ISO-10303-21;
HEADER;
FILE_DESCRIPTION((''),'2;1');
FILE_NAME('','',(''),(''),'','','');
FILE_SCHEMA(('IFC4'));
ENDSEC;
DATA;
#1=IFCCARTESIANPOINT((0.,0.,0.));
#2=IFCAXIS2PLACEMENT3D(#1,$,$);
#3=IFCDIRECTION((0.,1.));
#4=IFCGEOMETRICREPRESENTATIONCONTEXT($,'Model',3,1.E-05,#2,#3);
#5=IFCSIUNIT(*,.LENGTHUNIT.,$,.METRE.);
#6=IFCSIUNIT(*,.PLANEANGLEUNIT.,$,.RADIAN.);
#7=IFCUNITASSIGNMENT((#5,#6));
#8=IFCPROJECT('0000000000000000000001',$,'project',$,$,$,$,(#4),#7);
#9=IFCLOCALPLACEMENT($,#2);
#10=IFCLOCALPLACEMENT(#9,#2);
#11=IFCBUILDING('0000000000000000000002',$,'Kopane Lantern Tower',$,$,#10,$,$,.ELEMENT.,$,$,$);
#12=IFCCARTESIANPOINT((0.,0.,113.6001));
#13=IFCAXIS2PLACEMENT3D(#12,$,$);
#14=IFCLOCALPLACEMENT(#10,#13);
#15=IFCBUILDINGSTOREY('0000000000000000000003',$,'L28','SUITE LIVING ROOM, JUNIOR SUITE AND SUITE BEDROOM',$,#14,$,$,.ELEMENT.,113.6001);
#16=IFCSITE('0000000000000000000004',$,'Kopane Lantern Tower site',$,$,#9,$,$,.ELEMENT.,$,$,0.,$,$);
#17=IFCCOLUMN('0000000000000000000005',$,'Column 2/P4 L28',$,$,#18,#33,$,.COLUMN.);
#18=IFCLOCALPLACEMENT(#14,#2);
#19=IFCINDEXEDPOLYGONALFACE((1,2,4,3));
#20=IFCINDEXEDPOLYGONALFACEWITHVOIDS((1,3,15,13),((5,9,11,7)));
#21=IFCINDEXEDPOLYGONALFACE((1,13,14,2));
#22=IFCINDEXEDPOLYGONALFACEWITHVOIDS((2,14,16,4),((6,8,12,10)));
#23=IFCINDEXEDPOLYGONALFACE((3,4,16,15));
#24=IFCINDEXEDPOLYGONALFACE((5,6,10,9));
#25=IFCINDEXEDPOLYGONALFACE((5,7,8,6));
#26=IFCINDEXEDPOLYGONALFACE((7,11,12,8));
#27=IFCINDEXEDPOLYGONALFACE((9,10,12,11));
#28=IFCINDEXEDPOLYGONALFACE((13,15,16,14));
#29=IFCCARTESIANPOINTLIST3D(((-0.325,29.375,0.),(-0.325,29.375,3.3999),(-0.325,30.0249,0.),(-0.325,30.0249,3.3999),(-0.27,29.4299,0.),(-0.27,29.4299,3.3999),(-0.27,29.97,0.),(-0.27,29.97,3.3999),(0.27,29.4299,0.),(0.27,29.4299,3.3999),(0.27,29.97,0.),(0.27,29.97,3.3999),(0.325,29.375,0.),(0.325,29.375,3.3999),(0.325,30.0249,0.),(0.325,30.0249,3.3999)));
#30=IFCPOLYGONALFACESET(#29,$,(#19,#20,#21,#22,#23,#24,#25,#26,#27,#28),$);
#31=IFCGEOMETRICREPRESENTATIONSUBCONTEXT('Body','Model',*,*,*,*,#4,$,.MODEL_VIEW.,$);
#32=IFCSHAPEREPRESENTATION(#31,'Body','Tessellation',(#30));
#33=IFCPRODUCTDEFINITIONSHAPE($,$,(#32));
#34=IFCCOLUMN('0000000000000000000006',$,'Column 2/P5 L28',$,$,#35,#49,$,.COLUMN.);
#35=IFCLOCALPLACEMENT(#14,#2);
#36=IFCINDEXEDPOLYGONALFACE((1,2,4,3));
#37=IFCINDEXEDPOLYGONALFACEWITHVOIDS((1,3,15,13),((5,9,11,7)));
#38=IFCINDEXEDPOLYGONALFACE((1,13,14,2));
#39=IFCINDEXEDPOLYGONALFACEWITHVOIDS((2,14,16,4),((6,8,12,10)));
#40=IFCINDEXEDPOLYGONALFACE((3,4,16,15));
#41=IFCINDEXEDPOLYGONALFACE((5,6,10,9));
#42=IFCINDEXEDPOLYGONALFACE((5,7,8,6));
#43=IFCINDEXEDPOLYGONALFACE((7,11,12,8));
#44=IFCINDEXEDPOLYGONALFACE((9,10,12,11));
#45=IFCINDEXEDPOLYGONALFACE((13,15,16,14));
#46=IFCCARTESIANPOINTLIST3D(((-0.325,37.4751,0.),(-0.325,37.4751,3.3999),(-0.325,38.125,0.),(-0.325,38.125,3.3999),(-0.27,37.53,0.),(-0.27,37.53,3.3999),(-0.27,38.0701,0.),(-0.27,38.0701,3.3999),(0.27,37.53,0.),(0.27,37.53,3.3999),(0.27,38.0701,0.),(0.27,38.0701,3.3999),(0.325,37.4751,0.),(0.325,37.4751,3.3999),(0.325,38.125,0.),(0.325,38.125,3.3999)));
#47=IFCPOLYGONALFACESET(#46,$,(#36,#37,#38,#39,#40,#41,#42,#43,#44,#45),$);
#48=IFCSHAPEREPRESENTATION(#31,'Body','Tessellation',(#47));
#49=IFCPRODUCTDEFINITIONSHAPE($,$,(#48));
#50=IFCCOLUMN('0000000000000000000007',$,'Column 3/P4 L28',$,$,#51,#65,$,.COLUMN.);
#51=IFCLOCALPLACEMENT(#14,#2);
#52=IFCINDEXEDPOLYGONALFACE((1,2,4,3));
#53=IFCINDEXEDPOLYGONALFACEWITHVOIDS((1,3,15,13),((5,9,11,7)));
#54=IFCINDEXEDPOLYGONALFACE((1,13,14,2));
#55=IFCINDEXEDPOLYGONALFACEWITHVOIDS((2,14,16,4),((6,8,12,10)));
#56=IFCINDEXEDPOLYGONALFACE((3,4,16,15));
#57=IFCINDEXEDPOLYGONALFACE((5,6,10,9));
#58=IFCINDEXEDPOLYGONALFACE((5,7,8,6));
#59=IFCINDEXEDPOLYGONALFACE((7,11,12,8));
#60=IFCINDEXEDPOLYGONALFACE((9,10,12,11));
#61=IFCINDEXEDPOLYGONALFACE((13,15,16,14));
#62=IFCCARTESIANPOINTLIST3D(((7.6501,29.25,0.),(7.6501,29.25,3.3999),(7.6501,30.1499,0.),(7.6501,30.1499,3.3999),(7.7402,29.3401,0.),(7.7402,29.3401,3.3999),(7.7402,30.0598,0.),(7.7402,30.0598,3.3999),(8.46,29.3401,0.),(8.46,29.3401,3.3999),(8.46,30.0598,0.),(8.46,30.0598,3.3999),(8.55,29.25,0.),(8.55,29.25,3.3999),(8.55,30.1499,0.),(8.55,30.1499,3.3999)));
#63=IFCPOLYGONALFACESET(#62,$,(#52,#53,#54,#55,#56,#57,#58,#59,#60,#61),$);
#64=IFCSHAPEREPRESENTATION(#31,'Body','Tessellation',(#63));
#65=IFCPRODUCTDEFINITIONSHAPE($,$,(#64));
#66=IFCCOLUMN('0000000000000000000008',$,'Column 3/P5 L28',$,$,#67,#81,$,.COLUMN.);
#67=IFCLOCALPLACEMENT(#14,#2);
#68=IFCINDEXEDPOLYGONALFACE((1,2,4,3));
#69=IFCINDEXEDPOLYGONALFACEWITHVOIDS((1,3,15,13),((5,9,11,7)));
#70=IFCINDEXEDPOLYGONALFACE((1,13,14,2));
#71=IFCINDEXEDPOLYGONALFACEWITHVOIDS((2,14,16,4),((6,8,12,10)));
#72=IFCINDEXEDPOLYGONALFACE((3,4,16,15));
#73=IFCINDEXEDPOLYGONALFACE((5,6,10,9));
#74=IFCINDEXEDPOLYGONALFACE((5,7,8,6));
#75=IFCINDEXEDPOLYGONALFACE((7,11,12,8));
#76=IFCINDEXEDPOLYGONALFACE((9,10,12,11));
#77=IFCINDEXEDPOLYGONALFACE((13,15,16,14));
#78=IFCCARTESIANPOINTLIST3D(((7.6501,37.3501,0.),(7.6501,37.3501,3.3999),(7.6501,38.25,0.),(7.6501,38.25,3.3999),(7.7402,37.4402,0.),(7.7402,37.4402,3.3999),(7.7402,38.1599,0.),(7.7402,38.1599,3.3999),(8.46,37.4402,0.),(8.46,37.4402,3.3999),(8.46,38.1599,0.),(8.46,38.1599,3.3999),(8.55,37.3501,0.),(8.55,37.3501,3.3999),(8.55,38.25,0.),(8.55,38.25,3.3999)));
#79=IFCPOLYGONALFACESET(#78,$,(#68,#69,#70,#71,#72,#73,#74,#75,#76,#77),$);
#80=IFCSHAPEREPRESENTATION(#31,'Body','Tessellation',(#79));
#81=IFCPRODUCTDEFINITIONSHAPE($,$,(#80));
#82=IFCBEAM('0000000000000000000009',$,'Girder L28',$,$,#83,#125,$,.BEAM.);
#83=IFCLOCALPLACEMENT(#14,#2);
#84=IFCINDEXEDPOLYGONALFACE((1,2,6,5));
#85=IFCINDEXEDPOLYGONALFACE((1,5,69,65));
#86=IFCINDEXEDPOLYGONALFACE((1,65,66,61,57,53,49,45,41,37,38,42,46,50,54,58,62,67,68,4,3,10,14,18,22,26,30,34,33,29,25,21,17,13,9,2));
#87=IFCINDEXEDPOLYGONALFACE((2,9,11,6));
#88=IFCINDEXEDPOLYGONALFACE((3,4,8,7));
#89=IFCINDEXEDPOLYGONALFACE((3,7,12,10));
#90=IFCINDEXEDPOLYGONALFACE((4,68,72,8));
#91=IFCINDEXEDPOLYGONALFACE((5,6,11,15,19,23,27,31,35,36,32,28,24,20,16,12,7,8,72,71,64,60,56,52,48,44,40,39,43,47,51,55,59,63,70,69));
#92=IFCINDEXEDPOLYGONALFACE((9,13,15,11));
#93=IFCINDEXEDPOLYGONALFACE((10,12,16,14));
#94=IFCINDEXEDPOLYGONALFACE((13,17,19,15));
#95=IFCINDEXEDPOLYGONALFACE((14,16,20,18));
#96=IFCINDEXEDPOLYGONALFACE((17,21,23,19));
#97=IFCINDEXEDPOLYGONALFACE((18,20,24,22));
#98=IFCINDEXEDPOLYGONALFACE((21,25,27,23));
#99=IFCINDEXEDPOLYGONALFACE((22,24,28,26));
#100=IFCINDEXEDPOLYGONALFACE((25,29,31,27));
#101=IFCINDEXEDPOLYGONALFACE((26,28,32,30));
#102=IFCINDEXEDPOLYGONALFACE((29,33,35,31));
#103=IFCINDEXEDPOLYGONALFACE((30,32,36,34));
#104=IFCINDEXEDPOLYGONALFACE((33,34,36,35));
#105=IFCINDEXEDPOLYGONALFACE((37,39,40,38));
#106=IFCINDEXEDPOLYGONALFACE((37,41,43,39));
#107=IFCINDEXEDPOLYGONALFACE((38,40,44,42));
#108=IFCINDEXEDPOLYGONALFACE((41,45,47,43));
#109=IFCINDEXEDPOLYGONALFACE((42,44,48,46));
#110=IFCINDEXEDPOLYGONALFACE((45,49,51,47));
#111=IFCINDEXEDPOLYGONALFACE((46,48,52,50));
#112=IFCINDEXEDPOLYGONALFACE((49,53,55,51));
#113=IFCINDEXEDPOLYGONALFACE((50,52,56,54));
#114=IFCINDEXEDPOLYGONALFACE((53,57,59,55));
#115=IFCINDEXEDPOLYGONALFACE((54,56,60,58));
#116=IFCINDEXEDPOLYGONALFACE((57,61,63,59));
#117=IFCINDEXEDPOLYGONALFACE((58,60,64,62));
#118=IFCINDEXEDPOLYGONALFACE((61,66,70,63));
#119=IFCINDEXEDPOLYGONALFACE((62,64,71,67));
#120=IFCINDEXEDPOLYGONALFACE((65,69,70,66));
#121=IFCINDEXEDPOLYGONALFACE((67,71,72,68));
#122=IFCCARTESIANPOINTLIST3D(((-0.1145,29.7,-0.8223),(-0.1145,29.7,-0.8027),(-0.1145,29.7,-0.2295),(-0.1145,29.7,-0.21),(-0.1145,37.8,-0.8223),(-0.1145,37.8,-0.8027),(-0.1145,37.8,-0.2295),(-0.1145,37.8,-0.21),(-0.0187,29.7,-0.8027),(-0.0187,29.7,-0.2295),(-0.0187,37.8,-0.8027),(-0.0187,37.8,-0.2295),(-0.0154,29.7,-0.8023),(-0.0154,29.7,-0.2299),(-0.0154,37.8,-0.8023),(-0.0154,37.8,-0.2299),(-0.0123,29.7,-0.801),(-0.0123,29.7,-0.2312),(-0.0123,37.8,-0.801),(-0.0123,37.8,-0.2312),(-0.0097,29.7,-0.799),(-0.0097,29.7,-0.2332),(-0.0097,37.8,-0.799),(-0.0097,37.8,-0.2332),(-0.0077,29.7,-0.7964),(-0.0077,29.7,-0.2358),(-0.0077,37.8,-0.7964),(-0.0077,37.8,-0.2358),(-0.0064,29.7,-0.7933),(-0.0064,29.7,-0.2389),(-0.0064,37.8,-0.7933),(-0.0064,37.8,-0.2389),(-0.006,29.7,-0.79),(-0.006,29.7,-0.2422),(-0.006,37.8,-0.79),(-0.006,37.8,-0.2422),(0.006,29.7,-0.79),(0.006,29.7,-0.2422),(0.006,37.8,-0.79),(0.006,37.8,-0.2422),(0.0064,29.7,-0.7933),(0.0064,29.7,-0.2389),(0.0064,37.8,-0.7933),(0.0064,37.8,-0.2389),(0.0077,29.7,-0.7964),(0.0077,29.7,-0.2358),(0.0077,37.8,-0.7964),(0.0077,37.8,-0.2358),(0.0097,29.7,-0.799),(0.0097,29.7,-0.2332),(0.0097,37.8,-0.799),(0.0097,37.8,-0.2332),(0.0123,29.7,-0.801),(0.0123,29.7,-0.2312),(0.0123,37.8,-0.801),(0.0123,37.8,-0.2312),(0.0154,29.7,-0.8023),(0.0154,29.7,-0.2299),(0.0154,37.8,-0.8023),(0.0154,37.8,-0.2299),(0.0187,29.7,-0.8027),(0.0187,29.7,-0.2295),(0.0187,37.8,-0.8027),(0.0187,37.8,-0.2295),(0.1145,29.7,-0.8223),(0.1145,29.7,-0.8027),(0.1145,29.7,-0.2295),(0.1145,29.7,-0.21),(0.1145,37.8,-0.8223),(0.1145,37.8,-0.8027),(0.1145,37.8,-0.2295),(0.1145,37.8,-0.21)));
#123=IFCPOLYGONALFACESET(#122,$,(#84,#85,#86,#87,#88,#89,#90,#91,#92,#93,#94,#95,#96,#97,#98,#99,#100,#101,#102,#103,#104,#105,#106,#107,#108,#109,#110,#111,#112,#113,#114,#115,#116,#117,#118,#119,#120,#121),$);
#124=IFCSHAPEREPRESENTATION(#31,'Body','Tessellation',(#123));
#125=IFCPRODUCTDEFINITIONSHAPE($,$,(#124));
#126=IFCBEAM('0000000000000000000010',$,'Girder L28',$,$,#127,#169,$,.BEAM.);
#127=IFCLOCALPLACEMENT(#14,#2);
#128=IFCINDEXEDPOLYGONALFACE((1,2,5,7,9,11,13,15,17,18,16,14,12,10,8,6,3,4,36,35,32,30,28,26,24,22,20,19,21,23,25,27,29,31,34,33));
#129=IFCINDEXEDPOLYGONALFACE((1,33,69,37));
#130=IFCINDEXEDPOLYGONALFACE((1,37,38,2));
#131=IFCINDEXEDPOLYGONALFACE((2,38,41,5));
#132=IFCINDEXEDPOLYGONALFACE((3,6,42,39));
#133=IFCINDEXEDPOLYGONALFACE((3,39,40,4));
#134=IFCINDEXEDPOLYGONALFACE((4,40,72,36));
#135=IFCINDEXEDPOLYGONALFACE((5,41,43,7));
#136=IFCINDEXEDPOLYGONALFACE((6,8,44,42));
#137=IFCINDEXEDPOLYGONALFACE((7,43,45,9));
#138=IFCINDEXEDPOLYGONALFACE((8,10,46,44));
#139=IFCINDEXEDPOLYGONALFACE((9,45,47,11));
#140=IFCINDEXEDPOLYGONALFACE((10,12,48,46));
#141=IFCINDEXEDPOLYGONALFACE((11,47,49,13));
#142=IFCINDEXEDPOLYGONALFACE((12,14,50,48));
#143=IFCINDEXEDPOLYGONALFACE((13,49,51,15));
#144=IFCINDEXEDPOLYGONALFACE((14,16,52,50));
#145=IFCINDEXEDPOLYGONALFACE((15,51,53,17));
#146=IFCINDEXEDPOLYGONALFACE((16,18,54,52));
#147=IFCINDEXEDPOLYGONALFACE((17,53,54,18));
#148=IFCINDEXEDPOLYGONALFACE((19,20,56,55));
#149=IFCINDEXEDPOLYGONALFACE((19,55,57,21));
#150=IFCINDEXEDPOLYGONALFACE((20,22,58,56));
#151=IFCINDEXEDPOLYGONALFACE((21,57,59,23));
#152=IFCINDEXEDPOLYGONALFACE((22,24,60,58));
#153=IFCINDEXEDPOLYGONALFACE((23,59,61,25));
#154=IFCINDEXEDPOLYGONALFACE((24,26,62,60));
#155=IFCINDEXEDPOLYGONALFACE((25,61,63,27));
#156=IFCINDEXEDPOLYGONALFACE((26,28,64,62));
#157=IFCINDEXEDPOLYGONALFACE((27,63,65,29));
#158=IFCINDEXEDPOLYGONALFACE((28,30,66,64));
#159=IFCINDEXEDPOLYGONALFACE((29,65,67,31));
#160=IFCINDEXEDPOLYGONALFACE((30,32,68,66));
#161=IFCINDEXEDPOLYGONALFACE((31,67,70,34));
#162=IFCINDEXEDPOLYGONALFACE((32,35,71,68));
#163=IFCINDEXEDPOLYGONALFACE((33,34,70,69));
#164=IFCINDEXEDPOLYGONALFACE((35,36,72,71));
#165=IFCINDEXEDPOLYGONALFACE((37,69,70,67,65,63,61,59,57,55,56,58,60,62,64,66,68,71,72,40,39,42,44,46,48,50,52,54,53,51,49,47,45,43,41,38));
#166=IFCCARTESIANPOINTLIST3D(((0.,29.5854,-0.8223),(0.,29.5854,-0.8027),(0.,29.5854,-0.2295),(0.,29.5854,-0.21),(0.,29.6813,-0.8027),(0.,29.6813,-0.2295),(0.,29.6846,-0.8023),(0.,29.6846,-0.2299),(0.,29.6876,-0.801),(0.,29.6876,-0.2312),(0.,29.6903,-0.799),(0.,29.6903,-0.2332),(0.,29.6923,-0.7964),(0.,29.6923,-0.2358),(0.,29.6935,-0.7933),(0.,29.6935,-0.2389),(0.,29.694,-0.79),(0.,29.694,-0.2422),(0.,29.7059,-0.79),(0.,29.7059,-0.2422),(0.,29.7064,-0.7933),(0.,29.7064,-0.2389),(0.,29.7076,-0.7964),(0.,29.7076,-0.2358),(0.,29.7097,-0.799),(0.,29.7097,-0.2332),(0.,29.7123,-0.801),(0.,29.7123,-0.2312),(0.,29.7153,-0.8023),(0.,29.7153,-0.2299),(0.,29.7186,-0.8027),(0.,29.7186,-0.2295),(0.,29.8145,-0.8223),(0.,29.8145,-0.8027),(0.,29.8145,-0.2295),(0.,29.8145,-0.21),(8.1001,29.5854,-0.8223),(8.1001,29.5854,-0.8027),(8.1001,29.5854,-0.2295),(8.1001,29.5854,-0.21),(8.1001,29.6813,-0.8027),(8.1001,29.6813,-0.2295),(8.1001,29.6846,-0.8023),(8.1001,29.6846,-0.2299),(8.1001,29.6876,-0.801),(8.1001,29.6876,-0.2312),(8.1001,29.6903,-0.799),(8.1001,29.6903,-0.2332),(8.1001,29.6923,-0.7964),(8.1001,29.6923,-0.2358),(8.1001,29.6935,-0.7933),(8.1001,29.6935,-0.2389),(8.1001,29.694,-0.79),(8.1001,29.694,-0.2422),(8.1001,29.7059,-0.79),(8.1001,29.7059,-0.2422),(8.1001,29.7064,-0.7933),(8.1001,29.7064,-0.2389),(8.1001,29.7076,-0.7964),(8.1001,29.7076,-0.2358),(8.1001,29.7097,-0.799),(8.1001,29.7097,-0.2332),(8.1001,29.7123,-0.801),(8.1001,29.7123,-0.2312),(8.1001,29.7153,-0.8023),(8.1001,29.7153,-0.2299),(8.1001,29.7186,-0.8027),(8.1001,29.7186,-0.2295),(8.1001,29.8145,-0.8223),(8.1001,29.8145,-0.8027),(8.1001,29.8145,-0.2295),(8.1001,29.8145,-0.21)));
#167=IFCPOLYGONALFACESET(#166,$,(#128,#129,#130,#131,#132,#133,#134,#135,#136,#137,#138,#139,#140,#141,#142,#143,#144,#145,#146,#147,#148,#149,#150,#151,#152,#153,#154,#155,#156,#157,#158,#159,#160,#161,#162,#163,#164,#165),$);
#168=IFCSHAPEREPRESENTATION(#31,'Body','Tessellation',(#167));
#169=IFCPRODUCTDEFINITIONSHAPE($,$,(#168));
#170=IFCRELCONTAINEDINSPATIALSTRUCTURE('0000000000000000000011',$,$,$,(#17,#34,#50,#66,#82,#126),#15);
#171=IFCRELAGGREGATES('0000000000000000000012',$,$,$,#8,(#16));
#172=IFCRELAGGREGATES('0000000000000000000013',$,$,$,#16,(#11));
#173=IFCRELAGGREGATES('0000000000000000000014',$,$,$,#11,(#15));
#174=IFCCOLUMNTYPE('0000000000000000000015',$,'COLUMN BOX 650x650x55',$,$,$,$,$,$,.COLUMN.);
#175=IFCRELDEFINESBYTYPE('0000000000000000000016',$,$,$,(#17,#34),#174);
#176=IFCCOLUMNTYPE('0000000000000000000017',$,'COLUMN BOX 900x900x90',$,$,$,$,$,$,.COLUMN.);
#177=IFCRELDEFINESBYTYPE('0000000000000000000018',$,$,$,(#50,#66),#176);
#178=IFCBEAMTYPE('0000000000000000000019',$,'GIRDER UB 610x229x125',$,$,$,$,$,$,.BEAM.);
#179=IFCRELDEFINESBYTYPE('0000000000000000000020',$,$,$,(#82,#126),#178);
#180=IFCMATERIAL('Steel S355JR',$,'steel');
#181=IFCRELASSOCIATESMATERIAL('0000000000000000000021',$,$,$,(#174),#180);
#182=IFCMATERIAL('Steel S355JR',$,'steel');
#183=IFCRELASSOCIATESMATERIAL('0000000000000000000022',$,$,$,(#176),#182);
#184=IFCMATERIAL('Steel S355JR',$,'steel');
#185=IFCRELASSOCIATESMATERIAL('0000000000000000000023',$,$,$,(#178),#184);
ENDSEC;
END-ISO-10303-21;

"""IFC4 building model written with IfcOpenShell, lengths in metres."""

from ifc_helpers import new_model, si_unit, direction, frame, origin, origin_2d, place, context, subcontext, project, spatial, hollow_rectangle, i_section, extrude, material, material_profile, profile_set, type_object, element, save


model = new_model("IFC4")

# Units and contexts
model_context = context("Model", 3, precision=1e-05, world=origin(), true_north=direction((0.0, 1.0)))
body_context = subcontext(model_context, "Body", "Model", "MODEL_VIEW")
ifc_project = project(units=[si_unit("LENGTHUNIT", "METRE"), si_unit("PLANEANGLEUNIT", "RADIAN")], contexts=[model_context])

# Site, building, storey
site_placement = place(None, origin())
site = spatial("IfcSite", under=ifc_project, at=site_placement, Name="Kopane Lantern Tower site", CompositionType="ELEMENT", RefElevation=0.0)
building_placement = place(site_placement, origin())
building = spatial("IfcBuilding", under=site, at=building_placement, Name="Kopane Lantern Tower", CompositionType="ELEMENT")
storey_placement = place(building_placement, frame((0.0, 0.0, 113.6001)))
storey = spatial("IfcBuildingStorey", under=building, at=storey_placement, Name="L28", Description="SUITE LIVING ROOM, JUNIOR SUITE AND SUITE BEDROOM", CompositionType="ELEMENT", Elevation=113.6001)

# Columns
ifc_material_1 = material(Name="Steel S355JR", Category="steel")
ifc_material_profile_1 = material_profile(ifc_material_1, hollow_rectangle(XDim=0.6499, YDim=0.6499, WallThickness=0.0549, at=origin_2d()), Name="BOX 650x650x55")
ifc_profile_set_1 = profile_set([ifc_material_profile_1], Name="Steel S355JR")
column_type_1 = type_object("IfcColumnType", Name="COLUMN BOX 650x650x55", PredefinedType="COLUMN", material=ifc_profile_set_1)
for number, where, z_axis, x_axis, name in (
    (1, (0.0, 29.7, 0.0), (0.0, 0.0, 1.0), (1.0, 0.0, 0.0), "Column 2/P4 L28"),
    (2, (0.0, 37.8, 0.0), (0.0, 0.0, 1.0), (1.0, 0.0, 0.0), "Column 2/P5 L28"),
):
    element("IfcColumn", number, at=place(storey_placement, frame(where, z_axis=z_axis, x_axis=x_axis)), inside=storey, type_object=column_type_1, Name=name, PredefinedType="COLUMN", context=body_context, shape_type="SweptSolid", body=[
        extrude(hollow_rectangle(XDim=0.6499, YDim=0.6499, WallThickness=0.0549, at=origin_2d()), origin(), (0.0, 0.0, 1.0), 3.3999),
    ])
ifc_material_2 = material(Name="Steel S355JR", Category="steel")
ifc_material_profile_2 = material_profile(ifc_material_2, hollow_rectangle(XDim=0.8999, YDim=0.8999, WallThickness=0.0901, at=origin_2d()), Name="BOX 900x900x90")
ifc_profile_set_2 = profile_set([ifc_material_profile_2], Name="Steel S355JR")
column_type_2 = type_object("IfcColumnType", Name="COLUMN BOX 900x900x90", PredefinedType="COLUMN", material=ifc_profile_set_2)
for number, where, z_axis, x_axis, name in (
    (3, (8.1001, 29.7, 0.0), (0.0, 0.0, 1.0), (1.0, 0.0, 0.0), "Column 3/P4 L28"),
    (4, (8.1001, 37.8, 0.0), (0.0, 0.0, 1.0), (1.0, 0.0, 0.0), "Column 3/P5 L28"),
):
    element("IfcColumn", number, at=place(storey_placement, frame(where, z_axis=z_axis, x_axis=x_axis)), inside=storey, type_object=column_type_2, Name=name, PredefinedType="COLUMN", context=body_context, shape_type="SweptSolid", body=[
        extrude(hollow_rectangle(XDim=0.8999, YDim=0.8999, WallThickness=0.0901, at=origin_2d()), origin(), (0.0, 0.0, 1.0), 3.3999),
    ])

# Beams
ifc_material_3 = material(Name="Steel S355JR", Category="steel")
ifc_material_profile_3 = material_profile(ifc_material_3, i_section(OverallWidth=0.229, OverallDepth=0.6123, WebThickness=0.012, FlangeThickness=0.0195, FilletRadius=0.0127, at=origin_2d()), Name="UB 610x229x125")
ifc_profile_set_3 = profile_set([ifc_material_profile_3], Name="Steel S355JR")
beam_type = type_object("IfcBeamType", Name="GIRDER UB 610x229x125", PredefinedType="BEAM", material=ifc_profile_set_3)
for number, where, z_axis, x_axis, name in (
    (5, (0.0, 29.7, -0.5161), (0.0, 1.0, 0.0), (-1.0, 0.0, 0.0), "Girder L28"),
    (6, (0.0, 29.7, -0.5161), (1.0, 0.0, 0.0), (0.0, 1.0, 0.0), "Girder L28"),
):
    element("IfcBeam", number, at=place(storey_placement, frame(where, z_axis=z_axis, x_axis=x_axis)), inside=storey, type_object=beam_type, Name=name, PredefinedType="BEAM", context=body_context, shape_type="SweptSolid", body=[
        extrude(i_section(OverallWidth=0.229, OverallDepth=0.6123, WebThickness=0.012, FlangeThickness=0.0195, FilletRadius=0.0127, at=origin_2d()), origin(), (0.0, 0.0, 1.0), 8.1001),
    ])

save(model, "model.ifc")
